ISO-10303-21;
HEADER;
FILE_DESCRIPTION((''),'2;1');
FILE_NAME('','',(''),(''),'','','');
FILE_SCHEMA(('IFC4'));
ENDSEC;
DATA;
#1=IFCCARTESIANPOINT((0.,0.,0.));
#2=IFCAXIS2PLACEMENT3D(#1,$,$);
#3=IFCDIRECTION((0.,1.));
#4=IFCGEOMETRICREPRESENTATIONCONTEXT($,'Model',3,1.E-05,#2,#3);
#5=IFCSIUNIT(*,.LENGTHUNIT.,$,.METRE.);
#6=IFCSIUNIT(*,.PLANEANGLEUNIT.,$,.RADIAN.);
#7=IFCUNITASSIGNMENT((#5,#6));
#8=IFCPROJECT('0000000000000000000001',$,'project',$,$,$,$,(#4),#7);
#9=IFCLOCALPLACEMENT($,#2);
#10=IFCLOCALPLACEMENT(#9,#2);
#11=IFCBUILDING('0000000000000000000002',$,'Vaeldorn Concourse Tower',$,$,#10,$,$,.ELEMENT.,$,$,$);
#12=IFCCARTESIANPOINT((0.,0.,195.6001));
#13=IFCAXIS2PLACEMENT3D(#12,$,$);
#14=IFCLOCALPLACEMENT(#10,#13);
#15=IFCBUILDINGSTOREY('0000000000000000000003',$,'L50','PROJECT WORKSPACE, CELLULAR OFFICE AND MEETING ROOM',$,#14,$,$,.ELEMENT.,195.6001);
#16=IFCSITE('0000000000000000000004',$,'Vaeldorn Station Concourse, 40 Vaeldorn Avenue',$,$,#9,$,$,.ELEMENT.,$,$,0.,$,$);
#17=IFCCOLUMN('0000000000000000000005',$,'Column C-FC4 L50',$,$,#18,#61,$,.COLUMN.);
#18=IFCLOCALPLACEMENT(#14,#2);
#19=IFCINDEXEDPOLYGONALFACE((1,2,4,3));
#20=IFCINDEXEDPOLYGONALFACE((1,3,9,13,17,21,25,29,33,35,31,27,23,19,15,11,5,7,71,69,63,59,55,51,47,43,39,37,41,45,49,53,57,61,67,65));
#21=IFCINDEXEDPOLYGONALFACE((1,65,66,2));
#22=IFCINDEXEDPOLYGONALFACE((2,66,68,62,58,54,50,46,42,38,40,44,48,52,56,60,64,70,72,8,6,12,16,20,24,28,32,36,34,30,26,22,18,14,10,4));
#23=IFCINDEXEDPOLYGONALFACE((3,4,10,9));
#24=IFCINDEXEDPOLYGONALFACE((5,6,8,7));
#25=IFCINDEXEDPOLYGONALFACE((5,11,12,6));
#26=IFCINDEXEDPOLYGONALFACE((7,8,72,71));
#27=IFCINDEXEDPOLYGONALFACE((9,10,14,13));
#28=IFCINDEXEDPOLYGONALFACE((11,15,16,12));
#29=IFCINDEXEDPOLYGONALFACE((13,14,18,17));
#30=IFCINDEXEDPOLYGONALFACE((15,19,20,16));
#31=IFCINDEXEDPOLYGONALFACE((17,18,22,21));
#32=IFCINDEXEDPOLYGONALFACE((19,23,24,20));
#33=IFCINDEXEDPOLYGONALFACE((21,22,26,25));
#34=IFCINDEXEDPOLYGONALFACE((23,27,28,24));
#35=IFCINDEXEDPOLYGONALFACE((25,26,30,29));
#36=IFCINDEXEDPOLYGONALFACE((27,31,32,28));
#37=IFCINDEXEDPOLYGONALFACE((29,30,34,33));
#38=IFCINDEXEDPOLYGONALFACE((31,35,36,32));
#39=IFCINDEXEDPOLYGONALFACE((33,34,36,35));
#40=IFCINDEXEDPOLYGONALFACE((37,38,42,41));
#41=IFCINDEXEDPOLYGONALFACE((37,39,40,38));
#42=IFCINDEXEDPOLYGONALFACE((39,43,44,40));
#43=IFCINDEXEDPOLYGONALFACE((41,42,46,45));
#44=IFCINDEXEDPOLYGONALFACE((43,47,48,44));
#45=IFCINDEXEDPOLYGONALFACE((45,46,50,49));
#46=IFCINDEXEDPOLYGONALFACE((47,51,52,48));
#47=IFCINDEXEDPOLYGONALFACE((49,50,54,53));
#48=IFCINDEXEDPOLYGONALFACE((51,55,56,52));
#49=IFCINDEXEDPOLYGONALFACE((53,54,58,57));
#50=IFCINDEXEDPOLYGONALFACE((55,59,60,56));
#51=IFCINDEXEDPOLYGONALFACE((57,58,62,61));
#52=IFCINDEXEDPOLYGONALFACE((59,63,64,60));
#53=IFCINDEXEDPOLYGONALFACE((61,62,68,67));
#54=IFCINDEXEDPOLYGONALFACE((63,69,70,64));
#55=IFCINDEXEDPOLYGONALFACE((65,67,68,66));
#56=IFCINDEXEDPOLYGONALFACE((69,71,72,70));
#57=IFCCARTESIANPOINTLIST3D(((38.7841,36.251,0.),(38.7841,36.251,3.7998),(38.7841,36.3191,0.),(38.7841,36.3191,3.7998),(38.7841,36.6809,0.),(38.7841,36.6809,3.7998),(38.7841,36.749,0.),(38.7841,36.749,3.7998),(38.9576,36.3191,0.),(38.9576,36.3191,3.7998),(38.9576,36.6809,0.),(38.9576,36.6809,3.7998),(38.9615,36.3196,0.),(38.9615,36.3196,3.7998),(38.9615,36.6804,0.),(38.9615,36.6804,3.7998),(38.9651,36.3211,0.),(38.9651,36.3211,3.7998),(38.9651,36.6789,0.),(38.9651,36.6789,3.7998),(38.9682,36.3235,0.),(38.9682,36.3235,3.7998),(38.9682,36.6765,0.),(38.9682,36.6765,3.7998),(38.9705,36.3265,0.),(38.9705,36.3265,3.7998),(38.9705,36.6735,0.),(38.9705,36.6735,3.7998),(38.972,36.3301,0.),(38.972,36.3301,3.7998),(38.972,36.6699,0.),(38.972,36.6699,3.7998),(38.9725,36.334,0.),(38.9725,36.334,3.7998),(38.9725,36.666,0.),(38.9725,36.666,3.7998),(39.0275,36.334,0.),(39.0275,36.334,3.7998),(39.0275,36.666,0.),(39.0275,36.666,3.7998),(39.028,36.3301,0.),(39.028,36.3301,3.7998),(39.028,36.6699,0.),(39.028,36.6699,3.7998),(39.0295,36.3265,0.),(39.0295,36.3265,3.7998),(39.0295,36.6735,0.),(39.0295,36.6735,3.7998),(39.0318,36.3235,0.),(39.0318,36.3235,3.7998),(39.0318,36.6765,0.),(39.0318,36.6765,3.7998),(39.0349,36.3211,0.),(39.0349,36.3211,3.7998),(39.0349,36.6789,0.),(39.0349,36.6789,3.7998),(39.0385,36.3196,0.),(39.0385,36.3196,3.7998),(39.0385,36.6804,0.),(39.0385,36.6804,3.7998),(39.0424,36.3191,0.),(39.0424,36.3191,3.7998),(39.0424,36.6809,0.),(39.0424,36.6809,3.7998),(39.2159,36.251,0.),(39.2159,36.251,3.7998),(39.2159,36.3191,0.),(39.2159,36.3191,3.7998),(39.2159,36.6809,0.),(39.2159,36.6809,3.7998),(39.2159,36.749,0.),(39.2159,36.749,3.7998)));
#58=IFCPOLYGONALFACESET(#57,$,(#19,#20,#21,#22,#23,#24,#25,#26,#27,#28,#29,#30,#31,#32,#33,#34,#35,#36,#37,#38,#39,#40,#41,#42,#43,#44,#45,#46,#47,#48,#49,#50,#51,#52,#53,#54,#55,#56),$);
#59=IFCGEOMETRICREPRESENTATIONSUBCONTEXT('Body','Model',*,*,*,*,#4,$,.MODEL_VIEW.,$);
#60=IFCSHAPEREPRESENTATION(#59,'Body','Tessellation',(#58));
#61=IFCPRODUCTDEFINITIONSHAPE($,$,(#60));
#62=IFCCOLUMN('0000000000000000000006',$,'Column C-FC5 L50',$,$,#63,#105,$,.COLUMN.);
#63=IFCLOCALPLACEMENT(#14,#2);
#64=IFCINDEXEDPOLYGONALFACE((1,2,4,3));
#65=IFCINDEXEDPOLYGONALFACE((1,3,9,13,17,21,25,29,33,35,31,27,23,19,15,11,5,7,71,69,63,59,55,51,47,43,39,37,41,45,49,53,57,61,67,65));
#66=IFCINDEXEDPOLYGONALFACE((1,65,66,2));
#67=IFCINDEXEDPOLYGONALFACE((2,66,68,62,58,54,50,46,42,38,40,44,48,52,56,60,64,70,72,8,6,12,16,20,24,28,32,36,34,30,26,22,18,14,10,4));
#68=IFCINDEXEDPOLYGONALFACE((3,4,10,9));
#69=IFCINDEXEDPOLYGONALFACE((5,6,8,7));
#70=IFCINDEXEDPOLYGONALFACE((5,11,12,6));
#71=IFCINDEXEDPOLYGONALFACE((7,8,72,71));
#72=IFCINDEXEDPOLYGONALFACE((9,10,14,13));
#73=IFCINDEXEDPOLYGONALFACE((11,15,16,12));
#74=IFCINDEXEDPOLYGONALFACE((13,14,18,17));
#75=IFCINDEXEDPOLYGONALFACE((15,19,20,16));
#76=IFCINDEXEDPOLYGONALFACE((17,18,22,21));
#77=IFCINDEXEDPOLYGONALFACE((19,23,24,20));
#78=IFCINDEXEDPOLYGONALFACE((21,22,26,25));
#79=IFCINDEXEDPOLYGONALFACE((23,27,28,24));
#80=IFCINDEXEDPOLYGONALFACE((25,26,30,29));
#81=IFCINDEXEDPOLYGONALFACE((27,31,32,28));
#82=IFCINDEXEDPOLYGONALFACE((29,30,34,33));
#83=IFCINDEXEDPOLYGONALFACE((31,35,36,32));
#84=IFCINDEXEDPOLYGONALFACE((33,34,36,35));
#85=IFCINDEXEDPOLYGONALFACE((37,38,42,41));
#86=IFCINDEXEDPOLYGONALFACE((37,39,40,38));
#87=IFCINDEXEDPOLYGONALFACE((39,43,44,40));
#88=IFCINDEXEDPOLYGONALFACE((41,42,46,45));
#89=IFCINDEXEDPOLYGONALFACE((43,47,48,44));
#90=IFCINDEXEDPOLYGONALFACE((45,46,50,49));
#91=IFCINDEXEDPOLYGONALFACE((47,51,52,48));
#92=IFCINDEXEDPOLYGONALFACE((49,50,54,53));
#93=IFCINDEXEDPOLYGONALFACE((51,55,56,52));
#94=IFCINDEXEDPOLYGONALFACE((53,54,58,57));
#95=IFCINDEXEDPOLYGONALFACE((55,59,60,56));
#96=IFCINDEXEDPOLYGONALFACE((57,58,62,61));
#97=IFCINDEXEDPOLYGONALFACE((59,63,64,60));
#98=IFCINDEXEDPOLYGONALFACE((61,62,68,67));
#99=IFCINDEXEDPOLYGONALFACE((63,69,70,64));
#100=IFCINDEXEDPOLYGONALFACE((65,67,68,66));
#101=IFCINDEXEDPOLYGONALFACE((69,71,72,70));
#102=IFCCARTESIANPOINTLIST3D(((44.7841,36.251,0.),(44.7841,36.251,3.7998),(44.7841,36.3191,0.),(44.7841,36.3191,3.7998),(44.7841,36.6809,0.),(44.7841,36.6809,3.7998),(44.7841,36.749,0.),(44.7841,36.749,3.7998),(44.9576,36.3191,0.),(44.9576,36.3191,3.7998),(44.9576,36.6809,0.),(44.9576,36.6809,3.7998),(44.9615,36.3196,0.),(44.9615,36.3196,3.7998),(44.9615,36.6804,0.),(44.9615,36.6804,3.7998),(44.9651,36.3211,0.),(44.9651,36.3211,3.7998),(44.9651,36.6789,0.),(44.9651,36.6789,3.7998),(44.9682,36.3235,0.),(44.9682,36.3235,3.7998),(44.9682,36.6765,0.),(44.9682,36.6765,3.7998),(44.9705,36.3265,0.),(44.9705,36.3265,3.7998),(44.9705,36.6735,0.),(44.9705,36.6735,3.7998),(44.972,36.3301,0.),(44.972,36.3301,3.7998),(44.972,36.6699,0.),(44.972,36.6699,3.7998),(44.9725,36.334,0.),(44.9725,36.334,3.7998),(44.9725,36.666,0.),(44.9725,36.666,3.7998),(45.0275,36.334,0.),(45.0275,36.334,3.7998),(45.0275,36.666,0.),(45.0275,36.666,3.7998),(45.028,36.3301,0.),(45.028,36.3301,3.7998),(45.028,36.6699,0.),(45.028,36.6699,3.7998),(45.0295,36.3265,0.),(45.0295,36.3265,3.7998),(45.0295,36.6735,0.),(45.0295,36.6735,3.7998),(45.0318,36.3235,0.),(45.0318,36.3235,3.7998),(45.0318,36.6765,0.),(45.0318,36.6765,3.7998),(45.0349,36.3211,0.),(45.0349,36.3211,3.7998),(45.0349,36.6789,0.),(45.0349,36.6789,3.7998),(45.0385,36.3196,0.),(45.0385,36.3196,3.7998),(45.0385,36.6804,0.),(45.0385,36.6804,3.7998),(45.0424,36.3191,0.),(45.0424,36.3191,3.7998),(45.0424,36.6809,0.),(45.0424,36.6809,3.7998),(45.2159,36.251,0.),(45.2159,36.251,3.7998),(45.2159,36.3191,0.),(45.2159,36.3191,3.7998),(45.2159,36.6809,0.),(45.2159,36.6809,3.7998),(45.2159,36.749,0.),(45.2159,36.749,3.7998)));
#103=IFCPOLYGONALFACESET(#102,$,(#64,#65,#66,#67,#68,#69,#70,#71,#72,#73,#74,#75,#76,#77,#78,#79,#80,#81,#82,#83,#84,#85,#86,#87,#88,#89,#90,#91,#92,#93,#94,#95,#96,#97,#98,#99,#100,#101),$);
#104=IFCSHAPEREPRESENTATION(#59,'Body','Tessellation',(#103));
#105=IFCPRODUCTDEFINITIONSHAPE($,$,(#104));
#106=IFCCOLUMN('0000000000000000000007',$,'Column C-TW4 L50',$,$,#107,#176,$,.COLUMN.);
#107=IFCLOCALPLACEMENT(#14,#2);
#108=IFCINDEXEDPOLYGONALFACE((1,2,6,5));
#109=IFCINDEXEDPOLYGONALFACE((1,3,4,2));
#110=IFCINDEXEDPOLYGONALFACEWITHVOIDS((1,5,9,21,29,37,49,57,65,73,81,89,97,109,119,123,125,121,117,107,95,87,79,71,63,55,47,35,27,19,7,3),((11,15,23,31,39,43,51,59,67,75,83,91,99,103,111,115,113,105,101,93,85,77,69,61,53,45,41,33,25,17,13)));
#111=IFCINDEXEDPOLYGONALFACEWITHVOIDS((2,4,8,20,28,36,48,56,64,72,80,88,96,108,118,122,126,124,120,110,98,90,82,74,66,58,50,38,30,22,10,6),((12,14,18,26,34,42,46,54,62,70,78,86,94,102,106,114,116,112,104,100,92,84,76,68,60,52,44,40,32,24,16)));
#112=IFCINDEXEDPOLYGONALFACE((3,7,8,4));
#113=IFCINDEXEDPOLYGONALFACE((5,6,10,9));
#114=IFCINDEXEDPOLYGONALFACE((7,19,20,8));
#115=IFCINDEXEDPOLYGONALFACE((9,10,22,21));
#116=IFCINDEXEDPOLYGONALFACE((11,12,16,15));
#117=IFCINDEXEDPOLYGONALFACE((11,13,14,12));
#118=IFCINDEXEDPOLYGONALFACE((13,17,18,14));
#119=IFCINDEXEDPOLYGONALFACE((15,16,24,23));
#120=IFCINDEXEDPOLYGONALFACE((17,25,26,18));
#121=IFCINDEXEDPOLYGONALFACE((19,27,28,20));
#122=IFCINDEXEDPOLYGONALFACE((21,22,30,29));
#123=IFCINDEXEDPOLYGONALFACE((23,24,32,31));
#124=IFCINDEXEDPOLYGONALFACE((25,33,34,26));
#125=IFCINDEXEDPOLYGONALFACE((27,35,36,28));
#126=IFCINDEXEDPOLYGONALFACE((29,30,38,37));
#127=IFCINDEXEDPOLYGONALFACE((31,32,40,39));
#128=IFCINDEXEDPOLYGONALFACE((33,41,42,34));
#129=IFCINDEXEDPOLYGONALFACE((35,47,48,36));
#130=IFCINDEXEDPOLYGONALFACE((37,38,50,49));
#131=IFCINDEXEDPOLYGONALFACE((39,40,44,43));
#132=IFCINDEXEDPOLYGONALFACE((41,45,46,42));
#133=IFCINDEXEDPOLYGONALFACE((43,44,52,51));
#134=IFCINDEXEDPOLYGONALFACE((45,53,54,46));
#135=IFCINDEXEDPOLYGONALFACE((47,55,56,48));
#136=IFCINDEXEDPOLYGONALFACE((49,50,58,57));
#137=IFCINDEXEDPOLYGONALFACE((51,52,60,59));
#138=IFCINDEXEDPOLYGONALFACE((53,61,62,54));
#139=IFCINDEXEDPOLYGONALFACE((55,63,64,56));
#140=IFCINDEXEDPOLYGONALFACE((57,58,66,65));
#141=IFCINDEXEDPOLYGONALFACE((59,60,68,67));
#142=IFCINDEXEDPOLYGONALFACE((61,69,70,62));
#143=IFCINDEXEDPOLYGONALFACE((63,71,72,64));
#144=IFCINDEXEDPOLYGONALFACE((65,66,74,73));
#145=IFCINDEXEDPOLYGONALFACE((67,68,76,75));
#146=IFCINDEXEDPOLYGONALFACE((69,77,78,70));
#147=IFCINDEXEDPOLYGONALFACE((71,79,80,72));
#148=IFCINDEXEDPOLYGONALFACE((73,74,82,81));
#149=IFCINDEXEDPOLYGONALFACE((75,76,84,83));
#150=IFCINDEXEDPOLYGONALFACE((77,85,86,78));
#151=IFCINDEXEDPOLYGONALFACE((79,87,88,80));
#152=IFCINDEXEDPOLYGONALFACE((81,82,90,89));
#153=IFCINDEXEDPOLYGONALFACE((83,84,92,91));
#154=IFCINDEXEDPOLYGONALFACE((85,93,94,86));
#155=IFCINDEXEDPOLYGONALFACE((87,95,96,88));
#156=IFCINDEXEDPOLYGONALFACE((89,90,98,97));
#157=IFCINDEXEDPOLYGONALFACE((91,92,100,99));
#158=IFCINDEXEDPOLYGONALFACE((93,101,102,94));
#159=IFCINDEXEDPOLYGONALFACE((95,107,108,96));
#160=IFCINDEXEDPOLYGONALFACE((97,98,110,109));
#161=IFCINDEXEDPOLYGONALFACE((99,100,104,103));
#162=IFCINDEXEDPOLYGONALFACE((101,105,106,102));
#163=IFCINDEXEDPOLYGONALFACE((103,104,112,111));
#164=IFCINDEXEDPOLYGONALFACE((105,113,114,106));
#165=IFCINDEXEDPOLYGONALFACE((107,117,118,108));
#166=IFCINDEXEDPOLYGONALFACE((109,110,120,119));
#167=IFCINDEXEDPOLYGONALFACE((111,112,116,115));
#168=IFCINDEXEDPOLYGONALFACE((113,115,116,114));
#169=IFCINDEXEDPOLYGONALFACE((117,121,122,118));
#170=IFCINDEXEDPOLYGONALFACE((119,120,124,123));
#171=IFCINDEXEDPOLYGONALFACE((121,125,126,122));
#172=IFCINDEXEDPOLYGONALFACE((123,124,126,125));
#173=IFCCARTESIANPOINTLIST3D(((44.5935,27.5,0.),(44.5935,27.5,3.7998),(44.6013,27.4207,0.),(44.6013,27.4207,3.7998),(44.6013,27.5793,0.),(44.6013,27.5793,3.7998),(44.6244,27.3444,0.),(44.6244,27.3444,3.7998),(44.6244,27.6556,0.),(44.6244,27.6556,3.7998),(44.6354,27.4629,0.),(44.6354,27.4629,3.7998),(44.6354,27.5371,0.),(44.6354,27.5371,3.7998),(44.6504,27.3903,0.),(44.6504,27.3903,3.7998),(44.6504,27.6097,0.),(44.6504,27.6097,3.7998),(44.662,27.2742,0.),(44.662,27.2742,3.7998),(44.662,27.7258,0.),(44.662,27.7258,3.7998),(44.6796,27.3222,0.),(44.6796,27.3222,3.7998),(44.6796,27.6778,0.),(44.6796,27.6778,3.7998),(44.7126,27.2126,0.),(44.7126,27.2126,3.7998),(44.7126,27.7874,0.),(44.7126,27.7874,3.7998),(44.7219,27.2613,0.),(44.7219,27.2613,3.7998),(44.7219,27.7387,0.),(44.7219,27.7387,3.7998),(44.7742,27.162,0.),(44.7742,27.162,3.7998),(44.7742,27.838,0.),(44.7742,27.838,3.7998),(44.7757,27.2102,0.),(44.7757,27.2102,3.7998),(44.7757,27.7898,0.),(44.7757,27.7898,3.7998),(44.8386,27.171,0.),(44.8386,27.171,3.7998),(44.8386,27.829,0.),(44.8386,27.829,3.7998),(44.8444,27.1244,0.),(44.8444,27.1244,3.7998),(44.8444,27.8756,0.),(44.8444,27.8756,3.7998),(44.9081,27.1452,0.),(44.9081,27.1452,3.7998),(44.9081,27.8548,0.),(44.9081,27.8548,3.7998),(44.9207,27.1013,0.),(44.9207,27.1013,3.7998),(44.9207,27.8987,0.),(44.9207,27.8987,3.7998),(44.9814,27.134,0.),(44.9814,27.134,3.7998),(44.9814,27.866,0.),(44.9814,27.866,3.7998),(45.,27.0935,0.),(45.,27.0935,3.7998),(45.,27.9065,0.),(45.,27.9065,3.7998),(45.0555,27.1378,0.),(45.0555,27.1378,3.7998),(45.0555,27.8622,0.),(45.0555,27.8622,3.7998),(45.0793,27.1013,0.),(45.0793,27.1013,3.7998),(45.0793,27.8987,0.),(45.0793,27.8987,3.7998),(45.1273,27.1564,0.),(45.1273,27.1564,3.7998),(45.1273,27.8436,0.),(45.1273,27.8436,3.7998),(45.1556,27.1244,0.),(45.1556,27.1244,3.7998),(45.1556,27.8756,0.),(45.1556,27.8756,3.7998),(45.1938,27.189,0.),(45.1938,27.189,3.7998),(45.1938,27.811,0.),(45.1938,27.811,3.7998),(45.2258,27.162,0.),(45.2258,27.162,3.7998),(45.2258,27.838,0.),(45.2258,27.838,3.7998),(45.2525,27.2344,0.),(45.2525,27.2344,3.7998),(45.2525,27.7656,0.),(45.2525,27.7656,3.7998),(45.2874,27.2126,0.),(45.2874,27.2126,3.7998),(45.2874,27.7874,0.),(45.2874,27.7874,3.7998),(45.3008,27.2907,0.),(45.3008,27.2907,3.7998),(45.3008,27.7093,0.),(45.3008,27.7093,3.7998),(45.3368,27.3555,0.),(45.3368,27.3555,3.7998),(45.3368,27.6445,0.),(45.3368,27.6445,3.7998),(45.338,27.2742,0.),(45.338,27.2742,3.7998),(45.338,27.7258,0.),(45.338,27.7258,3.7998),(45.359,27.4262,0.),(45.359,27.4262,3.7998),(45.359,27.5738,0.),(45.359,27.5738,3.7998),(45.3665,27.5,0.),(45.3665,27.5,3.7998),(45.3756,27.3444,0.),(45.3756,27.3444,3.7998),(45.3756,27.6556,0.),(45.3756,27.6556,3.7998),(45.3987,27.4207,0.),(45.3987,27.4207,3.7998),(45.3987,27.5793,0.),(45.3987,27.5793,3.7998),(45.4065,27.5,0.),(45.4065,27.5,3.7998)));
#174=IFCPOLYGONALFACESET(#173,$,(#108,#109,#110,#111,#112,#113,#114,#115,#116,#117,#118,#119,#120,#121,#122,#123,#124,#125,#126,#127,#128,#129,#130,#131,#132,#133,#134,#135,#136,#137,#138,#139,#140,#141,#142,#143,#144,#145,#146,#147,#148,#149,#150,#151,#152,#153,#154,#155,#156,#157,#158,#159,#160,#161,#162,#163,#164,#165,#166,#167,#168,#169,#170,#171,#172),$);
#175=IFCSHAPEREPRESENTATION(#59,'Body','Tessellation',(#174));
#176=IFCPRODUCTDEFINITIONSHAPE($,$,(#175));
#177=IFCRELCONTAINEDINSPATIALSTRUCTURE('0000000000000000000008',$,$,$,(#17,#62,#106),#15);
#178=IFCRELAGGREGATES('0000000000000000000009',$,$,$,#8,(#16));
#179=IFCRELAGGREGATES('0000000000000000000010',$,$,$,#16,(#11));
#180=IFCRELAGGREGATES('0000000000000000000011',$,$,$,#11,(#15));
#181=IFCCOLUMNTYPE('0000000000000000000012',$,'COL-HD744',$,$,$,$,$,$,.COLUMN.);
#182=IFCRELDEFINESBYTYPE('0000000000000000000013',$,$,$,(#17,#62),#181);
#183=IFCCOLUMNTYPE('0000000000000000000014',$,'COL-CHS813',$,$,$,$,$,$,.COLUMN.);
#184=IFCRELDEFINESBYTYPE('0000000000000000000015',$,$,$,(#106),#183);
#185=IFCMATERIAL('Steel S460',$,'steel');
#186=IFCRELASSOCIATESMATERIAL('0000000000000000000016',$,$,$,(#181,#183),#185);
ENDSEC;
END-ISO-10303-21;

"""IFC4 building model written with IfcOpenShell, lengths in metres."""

from ifc_helpers import new_model, si_unit, direction, frame, origin, origin_2d, place, context, subcontext, project, spatial, hollow_circle, i_section, extrude, source, transform, mapped, material, material_profile, profile_set, type_object, element, save


model = new_model("IFC4")

# Units and contexts
model_context = context("Model", 3, precision=1e-05, world=origin(), true_north=direction((0.0, 1.0)))
body_context = subcontext(model_context, "Body", "Model", "MODEL_VIEW")
ifc_project = project(units=[si_unit("LENGTHUNIT", "METRE"), si_unit("PLANEANGLEUNIT", "RADIAN")], contexts=[model_context])

# Site, building, storey
site_placement = place(None, origin())
site = spatial("IfcSite", under=ifc_project, at=site_placement, Name="Vaeldorn Station Concourse, 40 Vaeldorn Avenue", CompositionType="ELEMENT", RefElevation=0.0)
building_placement = place(site_placement, origin())
building = spatial("IfcBuilding", under=site, at=building_placement, Name="Vaeldorn Concourse Tower", CompositionType="ELEMENT")
storey_placement = place(building_placement, frame((0.0, 0.0, 195.6001)))
storey = spatial("IfcBuildingStorey", under=building, at=storey_placement, Name="L50", Description="PROJECT WORKSPACE, CELLULAR OFFICE AND MEETING ROOM", CompositionType="ELEMENT", Elevation=195.6001)

# Columns
ifc_material_1 = material(Name="Steel S460", Category="steel")
ifc_material_profile_1 = material_profile(ifc_material_1, i_section(OverallWidth=0.4319, OverallDepth=0.498, WebThickness=0.0549, FlangeThickness=0.0681, FilletRadius=0.0149, at=origin_2d()), Name="HD 400x744")
ifc_profile_set_1 = profile_set([ifc_material_profile_1], Name="Steel S460")
column_type_1 = type_object("IfcColumnType", Name="COL-HD744", PredefinedType="COLUMN", material=ifc_profile_set_1)
shared_shape_1 = source(origin(), body_context, "Body", "SweptSolid", [
    extrude(i_section(OverallWidth=0.4319, OverallDepth=0.498, WebThickness=0.0549, FlangeThickness=0.0681, FilletRadius=0.0149, at=origin_2d()), origin(), (0.0, 0.0, 1.0), 3.7998),
])
for number, where, z_axis, x_axis, name in (
    (1, (39.0, 36.5, 0.0), (0.0, 0.0, 1.0), (1.0, 0.0, 0.0), "Column C-FC4 L50"),
    (2, (45.0, 36.5, 0.0), (0.0, 0.0, 1.0), (1.0, 0.0, 0.0), "Column C-FC5 L50"),
):
    element("IfcColumn", number, at=place(storey_placement, frame(where, z_axis=z_axis, x_axis=x_axis)), inside=storey, type_object=column_type_1, Name=name, PredefinedType="COLUMN", context=body_context, shape_type="MappedRepresentation", body=[
        mapped(shared_shape_1, transform((0.0, 0.0, 0.0), scale=1.0)),
    ])
ifc_material_profile_2 = material_profile(ifc_material_1, hollow_circle(Radius=0.4065, WallThickness=0.04, at=origin_2d()), Name="CHS 813x40")
ifc_profile_set_2 = profile_set([ifc_material_profile_2], Name="Steel S460")
column_type_2 = type_object("IfcColumnType", Name="COL-CHS813", PredefinedType="COLUMN", material=ifc_profile_set_2)
shared_shape_2 = source(origin(), body_context, "Body", "SweptSolid", [
    extrude(hollow_circle(Radius=0.4065, WallThickness=0.04, at=origin_2d()), origin(), (0.0, 0.0, 1.0), 3.7998),
])
column_placement = place(storey_placement, frame((45.0, 27.5, 0.0), z_axis=(0.0, 0.0, 1.0), x_axis=(1.0, 0.0, 0.0)))
element("IfcColumn", 3, at=column_placement, inside=storey, type_object=column_type_2, Name="Column C-TW4 L50", PredefinedType="COLUMN", context=body_context, shape_type="MappedRepresentation", body=[
    mapped(shared_shape_2, transform((0.0, 0.0, 0.0), scale=1.0)),
])

save(model, "model.ifc")
